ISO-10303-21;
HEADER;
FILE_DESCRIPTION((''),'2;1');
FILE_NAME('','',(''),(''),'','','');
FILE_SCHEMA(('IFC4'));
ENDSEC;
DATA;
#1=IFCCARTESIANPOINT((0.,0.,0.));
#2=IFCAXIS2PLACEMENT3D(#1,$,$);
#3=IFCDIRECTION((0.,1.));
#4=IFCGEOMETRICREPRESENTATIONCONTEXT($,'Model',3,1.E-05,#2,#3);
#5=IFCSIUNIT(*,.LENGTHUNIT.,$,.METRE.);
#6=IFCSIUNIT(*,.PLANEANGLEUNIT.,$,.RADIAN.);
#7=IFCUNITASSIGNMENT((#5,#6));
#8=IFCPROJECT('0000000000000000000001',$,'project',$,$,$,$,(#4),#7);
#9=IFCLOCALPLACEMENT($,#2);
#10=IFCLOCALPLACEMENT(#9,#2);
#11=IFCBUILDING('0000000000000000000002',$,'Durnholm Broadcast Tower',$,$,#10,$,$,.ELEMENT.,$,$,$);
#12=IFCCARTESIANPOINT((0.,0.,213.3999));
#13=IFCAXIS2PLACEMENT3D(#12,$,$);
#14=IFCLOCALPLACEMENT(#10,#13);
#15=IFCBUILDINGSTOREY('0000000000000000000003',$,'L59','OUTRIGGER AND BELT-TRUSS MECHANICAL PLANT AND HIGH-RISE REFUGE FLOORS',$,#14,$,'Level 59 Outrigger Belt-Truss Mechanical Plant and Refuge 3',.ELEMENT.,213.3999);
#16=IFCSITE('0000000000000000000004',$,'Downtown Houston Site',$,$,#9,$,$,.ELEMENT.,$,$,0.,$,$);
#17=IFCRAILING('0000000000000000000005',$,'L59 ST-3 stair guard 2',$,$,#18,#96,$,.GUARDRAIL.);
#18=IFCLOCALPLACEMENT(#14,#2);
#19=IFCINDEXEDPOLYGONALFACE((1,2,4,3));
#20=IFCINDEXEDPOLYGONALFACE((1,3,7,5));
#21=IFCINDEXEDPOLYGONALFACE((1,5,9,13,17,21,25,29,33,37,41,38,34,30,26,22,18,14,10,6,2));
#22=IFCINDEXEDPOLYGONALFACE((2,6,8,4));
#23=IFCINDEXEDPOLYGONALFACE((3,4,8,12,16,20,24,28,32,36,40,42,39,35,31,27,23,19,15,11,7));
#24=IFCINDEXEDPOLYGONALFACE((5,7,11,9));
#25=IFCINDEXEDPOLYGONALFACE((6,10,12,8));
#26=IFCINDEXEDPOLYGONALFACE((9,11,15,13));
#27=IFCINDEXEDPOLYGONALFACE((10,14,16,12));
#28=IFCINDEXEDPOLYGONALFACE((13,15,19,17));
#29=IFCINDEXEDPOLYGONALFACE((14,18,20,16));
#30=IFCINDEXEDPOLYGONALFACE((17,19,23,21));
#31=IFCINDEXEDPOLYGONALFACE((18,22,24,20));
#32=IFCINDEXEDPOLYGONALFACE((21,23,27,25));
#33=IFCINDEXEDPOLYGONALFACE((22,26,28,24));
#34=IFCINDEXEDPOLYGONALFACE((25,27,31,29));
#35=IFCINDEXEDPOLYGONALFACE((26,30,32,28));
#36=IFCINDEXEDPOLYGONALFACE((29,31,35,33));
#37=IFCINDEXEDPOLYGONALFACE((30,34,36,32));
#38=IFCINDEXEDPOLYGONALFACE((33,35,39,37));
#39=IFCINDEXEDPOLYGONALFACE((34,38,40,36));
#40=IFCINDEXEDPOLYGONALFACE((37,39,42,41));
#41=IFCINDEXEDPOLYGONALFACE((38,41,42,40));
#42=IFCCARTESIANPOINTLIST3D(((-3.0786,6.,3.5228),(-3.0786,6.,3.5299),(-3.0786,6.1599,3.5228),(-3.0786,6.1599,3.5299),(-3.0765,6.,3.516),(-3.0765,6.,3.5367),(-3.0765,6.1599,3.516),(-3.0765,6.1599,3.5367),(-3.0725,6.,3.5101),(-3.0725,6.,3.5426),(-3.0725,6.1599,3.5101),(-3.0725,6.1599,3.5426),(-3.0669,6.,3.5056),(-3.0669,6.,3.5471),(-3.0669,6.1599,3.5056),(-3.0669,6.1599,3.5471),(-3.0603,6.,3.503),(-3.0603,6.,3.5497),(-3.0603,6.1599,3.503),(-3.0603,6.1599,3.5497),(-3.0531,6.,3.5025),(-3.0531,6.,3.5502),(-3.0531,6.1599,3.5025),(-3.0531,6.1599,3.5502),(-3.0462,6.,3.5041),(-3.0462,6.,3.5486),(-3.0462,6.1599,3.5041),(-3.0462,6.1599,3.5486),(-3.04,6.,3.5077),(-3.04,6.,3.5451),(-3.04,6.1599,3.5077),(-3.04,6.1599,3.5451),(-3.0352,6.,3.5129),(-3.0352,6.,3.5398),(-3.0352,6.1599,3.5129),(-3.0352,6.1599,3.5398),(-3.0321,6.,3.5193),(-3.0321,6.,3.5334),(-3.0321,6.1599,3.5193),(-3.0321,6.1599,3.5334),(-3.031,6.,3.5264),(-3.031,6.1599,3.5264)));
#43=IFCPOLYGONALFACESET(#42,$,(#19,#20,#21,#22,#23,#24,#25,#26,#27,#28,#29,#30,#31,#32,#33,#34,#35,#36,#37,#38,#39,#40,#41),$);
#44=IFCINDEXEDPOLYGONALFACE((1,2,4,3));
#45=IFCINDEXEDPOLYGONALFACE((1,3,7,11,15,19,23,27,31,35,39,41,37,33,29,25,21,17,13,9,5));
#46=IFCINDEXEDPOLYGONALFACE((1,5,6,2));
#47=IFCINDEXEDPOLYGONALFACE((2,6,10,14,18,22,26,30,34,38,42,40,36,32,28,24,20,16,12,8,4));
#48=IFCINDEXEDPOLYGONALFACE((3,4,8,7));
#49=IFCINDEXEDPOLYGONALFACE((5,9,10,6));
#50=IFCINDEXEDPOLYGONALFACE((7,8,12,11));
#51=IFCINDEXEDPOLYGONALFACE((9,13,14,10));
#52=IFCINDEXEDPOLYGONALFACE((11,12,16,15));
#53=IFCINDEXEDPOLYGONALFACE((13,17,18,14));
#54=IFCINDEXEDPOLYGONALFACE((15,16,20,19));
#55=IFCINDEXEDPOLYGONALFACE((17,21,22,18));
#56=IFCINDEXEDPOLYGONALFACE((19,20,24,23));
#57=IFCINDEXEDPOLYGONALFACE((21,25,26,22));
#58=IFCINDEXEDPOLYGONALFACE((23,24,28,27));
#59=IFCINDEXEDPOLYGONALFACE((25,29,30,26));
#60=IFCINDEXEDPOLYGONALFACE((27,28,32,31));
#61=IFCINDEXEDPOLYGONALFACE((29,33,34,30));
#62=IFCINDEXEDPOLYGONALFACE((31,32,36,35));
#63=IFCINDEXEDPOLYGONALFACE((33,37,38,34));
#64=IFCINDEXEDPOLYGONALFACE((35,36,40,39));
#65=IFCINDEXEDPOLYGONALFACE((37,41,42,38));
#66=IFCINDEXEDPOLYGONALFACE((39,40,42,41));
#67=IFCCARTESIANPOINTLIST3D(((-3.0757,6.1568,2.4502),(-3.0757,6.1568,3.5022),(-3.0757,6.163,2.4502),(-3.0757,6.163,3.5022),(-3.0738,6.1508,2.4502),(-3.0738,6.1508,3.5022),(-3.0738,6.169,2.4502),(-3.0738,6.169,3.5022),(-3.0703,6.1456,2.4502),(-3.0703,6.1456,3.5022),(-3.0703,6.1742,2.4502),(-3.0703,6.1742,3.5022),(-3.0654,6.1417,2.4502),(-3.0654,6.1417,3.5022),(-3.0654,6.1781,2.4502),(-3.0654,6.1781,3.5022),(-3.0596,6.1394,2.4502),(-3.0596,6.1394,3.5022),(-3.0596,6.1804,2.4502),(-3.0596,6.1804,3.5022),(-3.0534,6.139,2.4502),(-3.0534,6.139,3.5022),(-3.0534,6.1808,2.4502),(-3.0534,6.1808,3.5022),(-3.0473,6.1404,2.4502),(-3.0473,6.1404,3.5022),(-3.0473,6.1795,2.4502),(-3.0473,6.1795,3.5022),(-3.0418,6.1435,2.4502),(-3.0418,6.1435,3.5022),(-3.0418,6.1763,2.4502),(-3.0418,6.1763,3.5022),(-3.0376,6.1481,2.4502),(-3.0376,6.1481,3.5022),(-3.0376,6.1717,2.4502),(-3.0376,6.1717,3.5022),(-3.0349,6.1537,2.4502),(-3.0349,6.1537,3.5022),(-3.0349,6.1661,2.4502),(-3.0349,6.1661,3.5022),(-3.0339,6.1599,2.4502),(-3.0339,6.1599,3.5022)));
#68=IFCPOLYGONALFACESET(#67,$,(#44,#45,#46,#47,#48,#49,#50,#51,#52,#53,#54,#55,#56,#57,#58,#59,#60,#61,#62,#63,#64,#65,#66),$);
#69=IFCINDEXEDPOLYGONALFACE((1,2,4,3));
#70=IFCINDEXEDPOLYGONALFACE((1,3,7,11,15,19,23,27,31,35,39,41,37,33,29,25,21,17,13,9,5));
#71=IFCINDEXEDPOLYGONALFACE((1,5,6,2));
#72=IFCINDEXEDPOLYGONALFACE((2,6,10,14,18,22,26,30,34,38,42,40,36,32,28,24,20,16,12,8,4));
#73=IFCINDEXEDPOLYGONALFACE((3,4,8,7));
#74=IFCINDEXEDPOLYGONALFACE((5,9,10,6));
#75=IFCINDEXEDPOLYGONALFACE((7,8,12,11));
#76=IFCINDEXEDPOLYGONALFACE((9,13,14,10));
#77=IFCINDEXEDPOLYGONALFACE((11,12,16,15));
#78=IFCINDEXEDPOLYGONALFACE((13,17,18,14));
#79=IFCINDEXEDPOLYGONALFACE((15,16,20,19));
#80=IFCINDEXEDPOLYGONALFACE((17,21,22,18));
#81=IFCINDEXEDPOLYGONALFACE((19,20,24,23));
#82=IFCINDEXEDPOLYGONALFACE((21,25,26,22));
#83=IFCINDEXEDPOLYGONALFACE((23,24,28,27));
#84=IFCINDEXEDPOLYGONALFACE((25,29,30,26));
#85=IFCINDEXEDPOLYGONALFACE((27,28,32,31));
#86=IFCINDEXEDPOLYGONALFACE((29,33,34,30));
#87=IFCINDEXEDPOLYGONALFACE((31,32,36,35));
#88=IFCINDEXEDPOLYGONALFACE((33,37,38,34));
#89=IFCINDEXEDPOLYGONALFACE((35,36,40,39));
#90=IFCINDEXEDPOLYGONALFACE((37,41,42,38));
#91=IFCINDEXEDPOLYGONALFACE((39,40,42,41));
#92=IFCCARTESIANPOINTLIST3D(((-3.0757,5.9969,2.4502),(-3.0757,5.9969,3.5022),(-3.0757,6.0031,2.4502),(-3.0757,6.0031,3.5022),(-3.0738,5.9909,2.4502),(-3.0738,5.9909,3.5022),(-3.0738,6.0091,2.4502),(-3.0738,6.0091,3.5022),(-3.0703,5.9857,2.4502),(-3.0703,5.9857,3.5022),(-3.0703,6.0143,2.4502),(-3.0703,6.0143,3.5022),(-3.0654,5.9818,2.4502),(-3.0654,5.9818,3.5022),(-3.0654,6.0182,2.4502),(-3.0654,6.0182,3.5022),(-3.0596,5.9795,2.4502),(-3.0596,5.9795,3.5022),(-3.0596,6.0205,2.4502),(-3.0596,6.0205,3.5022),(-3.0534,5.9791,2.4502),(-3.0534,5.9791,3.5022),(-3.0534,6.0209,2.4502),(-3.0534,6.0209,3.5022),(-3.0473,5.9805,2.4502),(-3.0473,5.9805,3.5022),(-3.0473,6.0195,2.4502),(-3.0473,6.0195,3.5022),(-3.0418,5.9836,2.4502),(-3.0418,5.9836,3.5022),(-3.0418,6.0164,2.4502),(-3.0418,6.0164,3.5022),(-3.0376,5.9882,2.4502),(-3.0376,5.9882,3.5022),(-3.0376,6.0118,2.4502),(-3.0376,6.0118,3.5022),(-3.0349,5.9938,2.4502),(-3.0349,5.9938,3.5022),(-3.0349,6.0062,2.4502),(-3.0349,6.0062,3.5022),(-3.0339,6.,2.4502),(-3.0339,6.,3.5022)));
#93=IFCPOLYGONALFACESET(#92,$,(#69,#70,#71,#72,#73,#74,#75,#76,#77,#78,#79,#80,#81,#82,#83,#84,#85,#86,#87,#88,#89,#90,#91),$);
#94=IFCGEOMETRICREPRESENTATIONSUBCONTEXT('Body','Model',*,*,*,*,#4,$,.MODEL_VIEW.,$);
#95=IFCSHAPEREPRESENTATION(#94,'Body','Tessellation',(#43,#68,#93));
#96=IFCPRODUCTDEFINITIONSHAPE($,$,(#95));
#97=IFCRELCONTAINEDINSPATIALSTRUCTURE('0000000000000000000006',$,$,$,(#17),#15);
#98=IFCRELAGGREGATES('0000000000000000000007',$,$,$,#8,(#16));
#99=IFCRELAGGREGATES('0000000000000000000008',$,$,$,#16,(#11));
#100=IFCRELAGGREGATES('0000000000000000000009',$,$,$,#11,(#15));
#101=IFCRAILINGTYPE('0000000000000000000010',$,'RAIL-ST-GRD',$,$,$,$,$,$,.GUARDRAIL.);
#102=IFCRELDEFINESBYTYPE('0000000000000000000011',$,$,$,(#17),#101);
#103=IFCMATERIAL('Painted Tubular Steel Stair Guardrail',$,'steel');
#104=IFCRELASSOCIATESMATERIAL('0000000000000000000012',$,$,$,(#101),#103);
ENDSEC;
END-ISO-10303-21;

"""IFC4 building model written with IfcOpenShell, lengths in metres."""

from ifc_helpers import new_model, si_unit, direction, frame, origin, origin_2d, place, context, subcontext, project, spatial, circle, extrude, material, type_object, element, save


model = new_model("IFC4")

# Units and contexts
model_context = context("Model", 3, precision=1e-05, world=origin(), true_north=direction((0.0, 1.0)))
body_context = subcontext(model_context, "Body", "Model", "MODEL_VIEW")
ifc_project = project(units=[si_unit("LENGTHUNIT", "METRE"), si_unit("PLANEANGLEUNIT", "RADIAN")], contexts=[model_context])

# Site, building, storey
site_placement = place(None, origin())
site = spatial("IfcSite", under=ifc_project, at=site_placement, Name="Downtown Houston Site", CompositionType="ELEMENT", RefElevation=0.0)
building_placement = place(site_placement, origin())
building = spatial("IfcBuilding", under=site, at=building_placement, Name="Durnholm Broadcast Tower", CompositionType="ELEMENT")
storey_placement = place(building_placement, frame((0.0, 0.0, 213.3999)))
storey = spatial("IfcBuildingStorey", under=building, at=storey_placement, Name="L59", Description="OUTRIGGER AND BELT-TRUSS MECHANICAL PLANT AND HIGH-RISE REFUGE FLOORS", LongName="Level 59 Outrigger Belt-Truss Mechanical Plant and Refuge 3", CompositionType="ELEMENT", Elevation=213.3999)

# Railing
ifc_material_1 = material(Name="Painted Tubular Steel Stair Guardrail", Category="steel")
railing_type_1 = type_object("IfcRailingType", Name="RAIL-ST-GRD", PredefinedType="GUARDRAIL", material=ifc_material_1)
railing_1_placement = place(storey_placement, frame((-3.0549, 6.1599, 2.4502)))
element("IfcRailing", 1, at=railing_1_placement, inside=storey, type_object=railing_type_1, Name="L59 ST-3 stair guard 2", PredefinedType="GUARDRAIL", context=body_context, shape_type="SweptSolid", body=[
    extrude(circle(Radius=0.0239, at=origin_2d()), frame((0.0, 0.0, 1.0762), z_axis=(0.0, -1.0, 0.0), x_axis=(1.0, 0.0, 0.0)), (0.0, 0.0, 1.0), 0.1599),
    extrude(circle(Radius=0.021, at=origin_2d()), origin(), (0.0, 0.0, 1.0), 1.052),
    extrude(circle(Radius=0.021, at=origin_2d()), frame((0.0, -0.1599, 0.0)), (0.0, 0.0, 1.0), 1.052),
])

save(model, "model.ifc")
